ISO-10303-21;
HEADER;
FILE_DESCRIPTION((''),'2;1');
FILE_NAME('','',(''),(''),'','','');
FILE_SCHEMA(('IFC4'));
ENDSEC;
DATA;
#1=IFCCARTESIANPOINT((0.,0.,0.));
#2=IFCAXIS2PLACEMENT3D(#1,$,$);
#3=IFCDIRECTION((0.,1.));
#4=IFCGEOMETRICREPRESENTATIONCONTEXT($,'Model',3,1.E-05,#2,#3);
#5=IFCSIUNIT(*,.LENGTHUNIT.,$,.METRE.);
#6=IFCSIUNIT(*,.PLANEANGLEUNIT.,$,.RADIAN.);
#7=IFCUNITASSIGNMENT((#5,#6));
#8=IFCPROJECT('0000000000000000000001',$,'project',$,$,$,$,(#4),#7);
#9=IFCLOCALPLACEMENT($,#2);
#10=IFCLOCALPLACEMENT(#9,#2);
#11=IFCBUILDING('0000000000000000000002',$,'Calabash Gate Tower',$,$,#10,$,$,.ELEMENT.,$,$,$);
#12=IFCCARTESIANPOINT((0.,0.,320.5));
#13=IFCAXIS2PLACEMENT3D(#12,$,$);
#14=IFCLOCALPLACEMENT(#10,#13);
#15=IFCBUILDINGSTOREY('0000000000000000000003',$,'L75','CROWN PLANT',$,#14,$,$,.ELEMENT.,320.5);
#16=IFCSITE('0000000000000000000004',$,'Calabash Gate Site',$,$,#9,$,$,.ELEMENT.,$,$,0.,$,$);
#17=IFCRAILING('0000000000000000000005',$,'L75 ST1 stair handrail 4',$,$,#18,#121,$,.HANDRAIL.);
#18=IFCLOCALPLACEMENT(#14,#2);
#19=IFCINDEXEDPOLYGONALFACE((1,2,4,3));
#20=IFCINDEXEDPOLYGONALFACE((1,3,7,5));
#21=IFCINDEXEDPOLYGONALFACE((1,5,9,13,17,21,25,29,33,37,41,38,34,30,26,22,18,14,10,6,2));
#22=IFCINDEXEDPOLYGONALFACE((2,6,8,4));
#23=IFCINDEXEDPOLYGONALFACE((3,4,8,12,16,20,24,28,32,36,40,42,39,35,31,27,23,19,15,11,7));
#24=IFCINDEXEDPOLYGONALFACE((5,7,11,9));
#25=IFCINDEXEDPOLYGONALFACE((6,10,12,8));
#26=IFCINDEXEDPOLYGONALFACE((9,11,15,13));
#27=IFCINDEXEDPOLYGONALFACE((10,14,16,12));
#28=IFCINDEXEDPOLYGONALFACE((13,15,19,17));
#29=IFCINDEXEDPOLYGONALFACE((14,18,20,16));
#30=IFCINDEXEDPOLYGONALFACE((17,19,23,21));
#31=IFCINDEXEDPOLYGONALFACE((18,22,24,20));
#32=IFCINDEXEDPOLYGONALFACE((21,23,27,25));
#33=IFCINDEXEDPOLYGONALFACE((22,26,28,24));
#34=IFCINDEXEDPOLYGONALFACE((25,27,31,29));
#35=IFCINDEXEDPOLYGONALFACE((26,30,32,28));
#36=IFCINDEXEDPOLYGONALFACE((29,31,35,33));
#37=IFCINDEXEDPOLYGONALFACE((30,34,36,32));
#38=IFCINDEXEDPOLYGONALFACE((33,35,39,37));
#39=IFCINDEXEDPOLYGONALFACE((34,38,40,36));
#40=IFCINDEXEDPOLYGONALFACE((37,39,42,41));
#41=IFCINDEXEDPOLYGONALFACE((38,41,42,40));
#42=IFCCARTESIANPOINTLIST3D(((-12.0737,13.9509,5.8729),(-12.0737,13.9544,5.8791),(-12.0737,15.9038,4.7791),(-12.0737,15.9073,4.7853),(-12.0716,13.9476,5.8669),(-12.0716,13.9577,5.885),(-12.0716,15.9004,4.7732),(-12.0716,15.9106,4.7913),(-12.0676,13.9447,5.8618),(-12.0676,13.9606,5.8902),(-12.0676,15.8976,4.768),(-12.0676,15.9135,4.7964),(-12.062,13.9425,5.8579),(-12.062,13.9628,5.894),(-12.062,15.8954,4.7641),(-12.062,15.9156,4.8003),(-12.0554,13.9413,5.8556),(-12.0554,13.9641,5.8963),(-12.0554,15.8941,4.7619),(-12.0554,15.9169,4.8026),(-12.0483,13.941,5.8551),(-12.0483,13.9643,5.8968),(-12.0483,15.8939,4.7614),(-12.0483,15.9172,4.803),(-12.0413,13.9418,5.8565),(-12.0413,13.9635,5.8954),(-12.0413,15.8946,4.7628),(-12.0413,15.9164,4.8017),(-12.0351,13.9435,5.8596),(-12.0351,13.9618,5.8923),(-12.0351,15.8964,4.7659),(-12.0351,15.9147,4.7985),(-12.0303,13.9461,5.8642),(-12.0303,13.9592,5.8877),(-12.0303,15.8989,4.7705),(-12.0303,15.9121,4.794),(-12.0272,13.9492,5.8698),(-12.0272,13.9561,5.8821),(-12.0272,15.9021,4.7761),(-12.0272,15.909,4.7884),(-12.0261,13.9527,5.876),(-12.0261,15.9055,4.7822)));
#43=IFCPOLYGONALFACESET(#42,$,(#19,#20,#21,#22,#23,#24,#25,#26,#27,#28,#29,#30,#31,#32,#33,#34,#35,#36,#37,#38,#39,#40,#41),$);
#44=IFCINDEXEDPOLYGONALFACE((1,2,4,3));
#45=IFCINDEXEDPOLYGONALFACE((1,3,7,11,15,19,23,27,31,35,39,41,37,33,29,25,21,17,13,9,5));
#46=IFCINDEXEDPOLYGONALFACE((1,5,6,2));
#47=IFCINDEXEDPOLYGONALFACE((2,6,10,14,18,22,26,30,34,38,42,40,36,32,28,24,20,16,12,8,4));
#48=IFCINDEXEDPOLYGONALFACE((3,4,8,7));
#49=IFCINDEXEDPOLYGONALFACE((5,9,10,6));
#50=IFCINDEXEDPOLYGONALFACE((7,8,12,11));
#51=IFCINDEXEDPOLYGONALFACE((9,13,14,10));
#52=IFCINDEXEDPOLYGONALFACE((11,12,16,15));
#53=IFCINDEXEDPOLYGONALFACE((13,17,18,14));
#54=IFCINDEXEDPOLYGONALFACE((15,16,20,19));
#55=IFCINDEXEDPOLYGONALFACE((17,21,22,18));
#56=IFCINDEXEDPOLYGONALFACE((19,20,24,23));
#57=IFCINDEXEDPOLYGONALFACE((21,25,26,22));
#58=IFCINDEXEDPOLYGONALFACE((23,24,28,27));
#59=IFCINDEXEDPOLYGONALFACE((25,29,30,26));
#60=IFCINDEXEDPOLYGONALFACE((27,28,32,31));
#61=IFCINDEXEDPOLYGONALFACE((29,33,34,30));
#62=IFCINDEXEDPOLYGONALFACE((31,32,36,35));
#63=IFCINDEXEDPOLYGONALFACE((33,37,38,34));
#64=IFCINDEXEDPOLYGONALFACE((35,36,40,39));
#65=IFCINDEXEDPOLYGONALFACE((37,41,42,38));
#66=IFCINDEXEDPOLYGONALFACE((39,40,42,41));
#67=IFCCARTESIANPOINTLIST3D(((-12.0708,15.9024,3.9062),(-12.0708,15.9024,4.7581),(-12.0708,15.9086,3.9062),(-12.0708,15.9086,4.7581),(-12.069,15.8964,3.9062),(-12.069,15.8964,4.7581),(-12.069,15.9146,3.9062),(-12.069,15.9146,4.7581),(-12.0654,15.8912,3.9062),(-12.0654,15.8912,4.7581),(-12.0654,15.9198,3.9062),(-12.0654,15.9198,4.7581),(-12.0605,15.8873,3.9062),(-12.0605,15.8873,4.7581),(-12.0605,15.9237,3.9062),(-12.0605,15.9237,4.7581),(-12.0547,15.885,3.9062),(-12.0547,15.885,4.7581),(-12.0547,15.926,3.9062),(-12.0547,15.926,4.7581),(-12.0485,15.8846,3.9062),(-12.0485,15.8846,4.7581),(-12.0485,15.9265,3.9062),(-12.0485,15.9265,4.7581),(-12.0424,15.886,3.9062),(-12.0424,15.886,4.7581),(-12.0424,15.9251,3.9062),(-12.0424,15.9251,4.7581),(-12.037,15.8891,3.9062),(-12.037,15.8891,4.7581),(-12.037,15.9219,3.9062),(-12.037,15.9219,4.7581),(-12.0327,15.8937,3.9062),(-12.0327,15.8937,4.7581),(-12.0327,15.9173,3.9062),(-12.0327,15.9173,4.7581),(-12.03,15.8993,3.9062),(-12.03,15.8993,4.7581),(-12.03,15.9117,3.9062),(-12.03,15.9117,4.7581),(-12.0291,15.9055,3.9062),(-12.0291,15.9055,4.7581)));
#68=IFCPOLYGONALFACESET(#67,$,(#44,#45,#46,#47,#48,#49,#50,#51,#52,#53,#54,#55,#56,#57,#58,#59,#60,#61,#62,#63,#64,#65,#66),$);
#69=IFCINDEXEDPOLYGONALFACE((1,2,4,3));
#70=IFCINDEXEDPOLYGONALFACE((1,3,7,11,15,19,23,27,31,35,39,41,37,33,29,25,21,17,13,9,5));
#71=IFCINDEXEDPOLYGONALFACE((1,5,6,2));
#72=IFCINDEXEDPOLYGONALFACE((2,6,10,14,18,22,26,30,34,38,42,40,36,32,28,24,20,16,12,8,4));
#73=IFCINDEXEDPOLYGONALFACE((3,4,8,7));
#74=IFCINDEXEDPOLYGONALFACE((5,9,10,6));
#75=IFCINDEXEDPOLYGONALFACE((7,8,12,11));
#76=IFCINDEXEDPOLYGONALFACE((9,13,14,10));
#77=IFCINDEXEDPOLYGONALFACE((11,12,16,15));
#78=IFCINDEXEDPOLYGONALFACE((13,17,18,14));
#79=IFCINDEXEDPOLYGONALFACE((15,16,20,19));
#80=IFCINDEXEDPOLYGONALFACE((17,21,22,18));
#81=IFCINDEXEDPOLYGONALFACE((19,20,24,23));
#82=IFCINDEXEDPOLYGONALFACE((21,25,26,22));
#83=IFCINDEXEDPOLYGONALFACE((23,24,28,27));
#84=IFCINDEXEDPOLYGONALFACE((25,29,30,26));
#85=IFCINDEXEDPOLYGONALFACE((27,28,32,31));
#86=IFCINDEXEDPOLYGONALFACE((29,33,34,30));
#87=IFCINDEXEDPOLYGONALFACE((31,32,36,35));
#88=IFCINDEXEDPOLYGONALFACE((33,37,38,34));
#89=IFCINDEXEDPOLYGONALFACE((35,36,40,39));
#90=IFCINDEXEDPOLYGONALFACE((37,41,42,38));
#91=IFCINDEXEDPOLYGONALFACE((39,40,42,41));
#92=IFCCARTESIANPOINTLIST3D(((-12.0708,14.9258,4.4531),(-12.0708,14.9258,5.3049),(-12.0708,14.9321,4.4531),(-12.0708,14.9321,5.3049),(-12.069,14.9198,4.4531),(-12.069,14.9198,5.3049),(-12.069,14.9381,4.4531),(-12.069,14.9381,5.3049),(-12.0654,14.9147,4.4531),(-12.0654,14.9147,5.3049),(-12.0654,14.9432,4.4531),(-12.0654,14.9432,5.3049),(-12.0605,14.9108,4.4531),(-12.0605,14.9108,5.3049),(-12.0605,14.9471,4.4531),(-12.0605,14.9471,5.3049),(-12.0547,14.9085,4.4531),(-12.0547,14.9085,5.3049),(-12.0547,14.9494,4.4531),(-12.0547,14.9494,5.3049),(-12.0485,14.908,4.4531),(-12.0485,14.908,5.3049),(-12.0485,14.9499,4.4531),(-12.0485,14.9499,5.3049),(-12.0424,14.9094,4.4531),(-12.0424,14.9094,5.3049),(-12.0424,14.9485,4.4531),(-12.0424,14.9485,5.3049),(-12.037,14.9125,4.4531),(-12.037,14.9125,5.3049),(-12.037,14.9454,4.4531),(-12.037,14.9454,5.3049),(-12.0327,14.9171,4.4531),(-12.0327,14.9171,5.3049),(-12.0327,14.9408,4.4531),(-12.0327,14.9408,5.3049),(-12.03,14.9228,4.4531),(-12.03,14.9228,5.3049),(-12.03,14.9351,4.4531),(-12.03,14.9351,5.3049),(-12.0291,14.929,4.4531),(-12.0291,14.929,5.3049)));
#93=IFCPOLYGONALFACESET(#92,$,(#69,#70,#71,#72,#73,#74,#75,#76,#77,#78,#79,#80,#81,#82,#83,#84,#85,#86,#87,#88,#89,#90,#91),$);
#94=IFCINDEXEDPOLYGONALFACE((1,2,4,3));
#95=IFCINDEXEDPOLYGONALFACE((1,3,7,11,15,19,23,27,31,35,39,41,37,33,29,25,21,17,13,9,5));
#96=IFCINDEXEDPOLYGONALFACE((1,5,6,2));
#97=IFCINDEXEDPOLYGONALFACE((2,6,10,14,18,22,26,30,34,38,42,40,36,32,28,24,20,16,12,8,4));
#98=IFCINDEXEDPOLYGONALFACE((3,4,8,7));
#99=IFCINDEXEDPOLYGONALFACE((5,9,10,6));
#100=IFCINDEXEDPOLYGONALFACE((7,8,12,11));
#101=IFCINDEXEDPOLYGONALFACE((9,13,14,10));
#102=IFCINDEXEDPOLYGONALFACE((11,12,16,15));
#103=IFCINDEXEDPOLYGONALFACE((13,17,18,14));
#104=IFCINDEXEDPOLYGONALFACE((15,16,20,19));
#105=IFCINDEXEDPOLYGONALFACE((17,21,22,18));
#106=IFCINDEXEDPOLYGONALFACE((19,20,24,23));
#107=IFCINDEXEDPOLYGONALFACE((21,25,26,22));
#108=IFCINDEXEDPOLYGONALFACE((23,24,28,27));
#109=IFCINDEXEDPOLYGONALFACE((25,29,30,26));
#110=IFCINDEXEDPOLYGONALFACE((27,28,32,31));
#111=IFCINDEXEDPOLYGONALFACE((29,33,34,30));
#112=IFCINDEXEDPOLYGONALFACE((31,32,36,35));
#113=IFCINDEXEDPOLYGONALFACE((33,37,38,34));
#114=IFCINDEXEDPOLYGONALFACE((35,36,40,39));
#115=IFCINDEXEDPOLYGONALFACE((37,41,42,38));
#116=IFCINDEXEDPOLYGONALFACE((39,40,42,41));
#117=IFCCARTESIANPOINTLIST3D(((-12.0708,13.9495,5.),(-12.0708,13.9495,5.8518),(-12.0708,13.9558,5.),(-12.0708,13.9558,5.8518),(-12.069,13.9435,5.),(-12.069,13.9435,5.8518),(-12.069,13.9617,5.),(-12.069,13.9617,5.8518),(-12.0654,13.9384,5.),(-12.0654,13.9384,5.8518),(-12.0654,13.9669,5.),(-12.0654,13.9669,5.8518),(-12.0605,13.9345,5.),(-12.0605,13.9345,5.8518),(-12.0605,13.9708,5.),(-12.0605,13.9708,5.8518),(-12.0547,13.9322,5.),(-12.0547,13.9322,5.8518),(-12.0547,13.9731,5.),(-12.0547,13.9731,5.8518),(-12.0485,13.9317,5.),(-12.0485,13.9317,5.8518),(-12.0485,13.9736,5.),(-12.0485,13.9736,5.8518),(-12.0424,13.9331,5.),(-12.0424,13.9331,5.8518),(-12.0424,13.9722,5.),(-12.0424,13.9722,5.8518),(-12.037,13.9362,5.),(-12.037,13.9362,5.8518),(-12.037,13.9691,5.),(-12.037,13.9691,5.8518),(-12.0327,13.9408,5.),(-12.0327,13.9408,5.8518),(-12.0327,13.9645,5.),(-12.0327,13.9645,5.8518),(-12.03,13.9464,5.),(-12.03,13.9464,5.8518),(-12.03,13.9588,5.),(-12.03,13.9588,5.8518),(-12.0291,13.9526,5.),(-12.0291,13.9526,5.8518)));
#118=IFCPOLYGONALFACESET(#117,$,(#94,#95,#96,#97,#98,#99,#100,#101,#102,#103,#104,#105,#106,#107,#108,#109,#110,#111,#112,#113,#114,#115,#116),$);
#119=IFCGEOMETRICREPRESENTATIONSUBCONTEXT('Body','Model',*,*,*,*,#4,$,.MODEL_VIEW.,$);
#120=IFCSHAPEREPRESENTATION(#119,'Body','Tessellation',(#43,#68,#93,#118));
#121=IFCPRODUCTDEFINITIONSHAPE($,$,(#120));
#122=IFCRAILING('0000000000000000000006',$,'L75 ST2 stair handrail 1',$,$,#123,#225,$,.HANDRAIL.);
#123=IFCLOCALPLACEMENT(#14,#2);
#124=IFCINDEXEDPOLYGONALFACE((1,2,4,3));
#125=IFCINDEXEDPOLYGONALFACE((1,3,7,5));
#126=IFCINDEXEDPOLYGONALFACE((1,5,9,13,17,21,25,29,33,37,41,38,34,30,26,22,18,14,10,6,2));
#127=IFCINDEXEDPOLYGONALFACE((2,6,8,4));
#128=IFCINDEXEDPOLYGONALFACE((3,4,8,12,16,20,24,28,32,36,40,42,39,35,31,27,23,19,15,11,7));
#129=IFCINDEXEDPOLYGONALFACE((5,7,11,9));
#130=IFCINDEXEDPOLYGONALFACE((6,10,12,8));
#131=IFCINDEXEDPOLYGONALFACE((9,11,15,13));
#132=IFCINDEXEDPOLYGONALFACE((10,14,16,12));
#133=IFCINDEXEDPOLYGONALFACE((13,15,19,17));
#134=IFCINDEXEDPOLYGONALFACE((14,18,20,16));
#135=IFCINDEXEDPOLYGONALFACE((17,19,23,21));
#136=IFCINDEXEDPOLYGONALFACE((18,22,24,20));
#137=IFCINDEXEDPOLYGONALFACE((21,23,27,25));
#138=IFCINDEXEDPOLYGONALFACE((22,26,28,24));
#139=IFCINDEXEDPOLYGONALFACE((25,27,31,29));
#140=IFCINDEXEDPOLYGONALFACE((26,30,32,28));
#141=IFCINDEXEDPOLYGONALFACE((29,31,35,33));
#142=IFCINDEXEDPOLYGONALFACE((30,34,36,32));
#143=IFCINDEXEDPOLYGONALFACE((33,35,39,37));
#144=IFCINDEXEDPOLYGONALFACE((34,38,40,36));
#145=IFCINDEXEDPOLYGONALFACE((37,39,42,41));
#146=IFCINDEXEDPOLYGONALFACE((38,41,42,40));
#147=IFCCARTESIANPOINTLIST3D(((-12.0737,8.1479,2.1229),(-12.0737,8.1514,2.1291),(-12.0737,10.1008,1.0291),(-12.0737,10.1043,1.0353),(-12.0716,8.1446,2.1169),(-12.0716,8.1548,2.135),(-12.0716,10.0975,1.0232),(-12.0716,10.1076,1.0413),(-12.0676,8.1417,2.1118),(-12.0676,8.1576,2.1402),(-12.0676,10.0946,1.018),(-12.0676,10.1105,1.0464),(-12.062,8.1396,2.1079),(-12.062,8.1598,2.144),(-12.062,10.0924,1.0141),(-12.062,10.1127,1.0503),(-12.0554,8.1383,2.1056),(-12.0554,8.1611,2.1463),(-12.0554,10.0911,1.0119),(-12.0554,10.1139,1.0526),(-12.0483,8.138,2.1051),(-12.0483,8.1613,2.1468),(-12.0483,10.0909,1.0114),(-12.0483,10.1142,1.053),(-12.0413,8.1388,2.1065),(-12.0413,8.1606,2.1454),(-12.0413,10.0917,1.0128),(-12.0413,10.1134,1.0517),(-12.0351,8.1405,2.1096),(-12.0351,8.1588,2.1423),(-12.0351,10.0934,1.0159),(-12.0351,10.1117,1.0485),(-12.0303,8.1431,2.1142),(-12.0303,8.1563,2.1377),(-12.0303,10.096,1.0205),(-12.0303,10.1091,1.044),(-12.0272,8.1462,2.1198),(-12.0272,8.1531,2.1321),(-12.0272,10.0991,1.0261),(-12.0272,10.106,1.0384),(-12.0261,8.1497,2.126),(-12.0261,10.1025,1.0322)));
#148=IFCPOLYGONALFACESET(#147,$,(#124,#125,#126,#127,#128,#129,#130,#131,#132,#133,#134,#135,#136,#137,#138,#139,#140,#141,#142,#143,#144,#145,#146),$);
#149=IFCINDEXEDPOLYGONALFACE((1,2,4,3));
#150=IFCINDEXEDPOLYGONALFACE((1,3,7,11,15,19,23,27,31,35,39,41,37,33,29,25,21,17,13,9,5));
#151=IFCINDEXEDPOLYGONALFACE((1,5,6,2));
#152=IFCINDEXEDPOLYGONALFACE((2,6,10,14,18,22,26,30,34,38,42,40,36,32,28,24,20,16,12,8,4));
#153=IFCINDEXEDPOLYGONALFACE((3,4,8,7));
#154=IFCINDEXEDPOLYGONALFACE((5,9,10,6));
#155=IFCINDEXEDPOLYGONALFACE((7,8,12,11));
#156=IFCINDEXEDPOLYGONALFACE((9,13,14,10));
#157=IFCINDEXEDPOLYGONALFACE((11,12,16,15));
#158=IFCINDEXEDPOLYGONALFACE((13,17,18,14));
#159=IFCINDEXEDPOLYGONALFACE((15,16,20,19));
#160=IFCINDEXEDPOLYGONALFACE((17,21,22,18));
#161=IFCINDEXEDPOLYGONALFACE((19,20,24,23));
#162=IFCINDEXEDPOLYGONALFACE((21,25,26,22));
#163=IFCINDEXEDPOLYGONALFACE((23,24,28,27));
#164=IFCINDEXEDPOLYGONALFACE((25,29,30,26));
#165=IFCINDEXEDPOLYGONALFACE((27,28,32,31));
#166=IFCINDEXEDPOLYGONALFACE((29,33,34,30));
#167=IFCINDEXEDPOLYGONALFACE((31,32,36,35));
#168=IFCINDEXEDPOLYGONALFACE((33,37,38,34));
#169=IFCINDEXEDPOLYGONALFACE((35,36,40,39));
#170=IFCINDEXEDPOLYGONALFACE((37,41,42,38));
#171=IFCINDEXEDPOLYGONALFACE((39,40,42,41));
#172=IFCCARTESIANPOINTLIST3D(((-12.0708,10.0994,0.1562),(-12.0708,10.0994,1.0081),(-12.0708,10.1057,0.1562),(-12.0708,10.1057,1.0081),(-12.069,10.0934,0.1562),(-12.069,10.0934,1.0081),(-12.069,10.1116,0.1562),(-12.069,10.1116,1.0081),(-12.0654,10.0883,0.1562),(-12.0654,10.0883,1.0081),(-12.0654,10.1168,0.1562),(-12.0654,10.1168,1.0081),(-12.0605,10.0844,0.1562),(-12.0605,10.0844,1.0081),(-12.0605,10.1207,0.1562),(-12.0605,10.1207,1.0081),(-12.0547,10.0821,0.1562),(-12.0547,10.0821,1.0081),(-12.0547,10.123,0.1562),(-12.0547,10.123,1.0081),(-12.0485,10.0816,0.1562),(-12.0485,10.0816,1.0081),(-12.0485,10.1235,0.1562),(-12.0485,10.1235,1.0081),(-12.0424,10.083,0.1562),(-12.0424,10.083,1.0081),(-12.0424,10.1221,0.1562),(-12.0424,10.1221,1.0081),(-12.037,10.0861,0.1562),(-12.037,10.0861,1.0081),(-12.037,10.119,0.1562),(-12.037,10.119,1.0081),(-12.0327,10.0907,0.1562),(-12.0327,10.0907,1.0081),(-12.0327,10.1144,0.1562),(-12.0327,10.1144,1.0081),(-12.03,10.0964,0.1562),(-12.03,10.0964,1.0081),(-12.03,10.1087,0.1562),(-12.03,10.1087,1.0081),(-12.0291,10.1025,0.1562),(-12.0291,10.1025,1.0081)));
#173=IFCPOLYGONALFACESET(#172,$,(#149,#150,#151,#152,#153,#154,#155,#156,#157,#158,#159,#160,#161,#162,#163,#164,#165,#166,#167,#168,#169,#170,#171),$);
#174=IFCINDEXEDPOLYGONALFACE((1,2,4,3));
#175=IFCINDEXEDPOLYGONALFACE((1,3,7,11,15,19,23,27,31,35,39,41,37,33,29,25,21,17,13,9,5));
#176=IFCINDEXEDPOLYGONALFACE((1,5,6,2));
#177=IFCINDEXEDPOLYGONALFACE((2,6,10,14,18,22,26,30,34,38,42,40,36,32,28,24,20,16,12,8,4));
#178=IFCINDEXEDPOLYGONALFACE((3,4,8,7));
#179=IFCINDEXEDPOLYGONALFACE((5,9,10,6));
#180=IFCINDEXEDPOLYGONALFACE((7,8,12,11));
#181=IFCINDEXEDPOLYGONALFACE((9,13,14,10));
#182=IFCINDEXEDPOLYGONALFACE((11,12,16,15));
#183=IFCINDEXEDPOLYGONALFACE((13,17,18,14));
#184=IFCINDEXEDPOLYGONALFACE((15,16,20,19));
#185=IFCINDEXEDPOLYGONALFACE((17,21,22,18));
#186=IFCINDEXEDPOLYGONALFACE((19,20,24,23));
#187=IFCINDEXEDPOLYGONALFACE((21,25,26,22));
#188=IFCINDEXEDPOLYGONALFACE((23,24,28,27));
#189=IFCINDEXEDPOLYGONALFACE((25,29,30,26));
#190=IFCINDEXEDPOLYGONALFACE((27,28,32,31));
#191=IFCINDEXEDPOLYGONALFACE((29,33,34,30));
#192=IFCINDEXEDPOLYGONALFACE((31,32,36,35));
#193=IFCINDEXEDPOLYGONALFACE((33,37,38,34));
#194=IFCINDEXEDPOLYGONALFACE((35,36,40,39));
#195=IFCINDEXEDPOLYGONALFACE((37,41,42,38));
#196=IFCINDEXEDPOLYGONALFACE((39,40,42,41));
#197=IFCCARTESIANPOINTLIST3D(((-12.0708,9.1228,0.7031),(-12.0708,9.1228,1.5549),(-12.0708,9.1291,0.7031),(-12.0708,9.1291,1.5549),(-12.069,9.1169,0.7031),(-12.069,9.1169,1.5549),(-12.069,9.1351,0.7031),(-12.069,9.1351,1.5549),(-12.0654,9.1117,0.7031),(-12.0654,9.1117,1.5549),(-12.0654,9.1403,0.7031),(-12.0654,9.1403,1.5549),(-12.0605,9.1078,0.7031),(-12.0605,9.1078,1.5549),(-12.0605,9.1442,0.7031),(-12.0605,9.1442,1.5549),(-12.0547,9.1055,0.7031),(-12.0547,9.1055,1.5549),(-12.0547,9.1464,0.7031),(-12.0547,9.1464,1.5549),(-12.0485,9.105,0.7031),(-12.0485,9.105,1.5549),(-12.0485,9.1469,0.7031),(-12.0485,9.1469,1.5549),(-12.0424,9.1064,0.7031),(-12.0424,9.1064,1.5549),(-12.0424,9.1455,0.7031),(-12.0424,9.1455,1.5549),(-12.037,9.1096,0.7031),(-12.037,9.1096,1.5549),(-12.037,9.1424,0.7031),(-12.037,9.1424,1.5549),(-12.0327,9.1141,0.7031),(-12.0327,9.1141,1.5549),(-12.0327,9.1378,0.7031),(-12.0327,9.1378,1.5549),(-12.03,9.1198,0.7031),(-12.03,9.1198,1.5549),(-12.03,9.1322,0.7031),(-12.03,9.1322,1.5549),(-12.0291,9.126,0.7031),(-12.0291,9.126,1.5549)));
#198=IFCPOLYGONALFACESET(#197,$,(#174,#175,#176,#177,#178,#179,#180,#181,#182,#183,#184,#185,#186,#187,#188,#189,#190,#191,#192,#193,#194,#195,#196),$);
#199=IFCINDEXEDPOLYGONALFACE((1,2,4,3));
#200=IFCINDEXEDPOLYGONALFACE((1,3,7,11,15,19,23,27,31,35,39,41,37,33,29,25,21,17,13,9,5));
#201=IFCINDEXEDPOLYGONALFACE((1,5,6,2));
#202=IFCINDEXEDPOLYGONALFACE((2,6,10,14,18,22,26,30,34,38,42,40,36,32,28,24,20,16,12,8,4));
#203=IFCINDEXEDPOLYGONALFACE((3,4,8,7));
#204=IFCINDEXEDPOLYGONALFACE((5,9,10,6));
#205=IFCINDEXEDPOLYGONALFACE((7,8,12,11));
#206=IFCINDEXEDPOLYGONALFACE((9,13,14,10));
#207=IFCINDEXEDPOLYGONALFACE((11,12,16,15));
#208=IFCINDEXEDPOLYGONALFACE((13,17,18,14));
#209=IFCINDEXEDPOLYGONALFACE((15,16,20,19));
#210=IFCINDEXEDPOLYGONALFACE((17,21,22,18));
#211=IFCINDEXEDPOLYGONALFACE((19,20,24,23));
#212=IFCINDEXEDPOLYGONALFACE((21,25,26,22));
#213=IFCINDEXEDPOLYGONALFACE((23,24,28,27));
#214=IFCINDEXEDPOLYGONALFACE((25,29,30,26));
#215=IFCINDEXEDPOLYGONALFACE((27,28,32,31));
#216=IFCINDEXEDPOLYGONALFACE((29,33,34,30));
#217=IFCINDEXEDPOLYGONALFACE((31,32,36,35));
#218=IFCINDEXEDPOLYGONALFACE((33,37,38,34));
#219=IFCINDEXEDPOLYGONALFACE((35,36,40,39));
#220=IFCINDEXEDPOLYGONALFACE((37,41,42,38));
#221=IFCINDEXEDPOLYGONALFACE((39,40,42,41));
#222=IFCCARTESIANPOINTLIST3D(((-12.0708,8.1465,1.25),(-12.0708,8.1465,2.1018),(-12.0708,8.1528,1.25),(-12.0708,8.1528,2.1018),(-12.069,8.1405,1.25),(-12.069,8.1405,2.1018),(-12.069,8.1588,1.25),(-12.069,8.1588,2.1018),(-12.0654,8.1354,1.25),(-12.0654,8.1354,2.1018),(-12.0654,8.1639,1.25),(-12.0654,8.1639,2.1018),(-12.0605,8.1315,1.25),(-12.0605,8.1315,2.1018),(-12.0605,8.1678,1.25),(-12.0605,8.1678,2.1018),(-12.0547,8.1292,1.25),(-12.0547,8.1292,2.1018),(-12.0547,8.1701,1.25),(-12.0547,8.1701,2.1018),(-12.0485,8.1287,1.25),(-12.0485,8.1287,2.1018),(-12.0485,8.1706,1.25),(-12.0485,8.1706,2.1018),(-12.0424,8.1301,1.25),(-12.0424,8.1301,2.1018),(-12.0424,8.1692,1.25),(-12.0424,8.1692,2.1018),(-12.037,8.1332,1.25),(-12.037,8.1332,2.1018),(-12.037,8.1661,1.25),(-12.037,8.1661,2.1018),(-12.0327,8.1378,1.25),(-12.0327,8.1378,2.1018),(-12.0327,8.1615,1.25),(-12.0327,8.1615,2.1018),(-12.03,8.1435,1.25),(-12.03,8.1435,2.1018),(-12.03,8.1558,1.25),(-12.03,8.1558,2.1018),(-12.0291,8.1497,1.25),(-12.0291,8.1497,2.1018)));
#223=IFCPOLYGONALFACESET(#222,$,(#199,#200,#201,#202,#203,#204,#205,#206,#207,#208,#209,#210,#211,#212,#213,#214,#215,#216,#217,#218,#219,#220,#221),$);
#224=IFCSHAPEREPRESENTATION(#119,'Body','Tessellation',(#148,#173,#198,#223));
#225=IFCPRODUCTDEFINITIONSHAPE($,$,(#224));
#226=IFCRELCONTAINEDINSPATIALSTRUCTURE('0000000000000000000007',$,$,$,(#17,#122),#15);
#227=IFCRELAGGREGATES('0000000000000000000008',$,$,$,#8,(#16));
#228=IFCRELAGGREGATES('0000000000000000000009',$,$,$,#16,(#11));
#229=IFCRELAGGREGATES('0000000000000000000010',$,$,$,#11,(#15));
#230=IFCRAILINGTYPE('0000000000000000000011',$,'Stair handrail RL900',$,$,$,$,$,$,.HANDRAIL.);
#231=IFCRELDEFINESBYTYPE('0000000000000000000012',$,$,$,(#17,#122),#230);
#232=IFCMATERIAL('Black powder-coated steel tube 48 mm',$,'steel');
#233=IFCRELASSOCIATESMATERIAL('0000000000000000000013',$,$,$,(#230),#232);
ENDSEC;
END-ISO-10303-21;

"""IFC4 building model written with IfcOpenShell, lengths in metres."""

from ifc_helpers import new_model, si_unit, direction, frame, origin, origin_2d, place, context, subcontext, project, spatial, circle, extrude, material, type_object, element, save


model = new_model("IFC4")

# Units and contexts
model_context = context("Model", 3, precision=1e-05, world=origin(), true_north=direction((0.0, 1.0)))
body_context = subcontext(model_context, "Body", "Model", "MODEL_VIEW")
ifc_project = project(units=[si_unit("LENGTHUNIT", "METRE"), si_unit("PLANEANGLEUNIT", "RADIAN")], contexts=[model_context])

# Site, building, storey
site_placement = place(None, origin())
site = spatial("IfcSite", under=ifc_project, at=site_placement, Name="Calabash Gate Site", CompositionType="ELEMENT", RefElevation=0.0)
building_placement = place(site_placement, origin())
building = spatial("IfcBuilding", under=site, at=building_placement, Name="Calabash Gate Tower", CompositionType="ELEMENT")
storey_placement = place(building_placement, frame((0.0, 0.0, 320.5)))
storey = spatial("IfcBuildingStorey", under=building, at=storey_placement, Name="L75", Description="CROWN PLANT", CompositionType="ELEMENT", Elevation=320.5)

# Railings
ifc_material_1 = material(Name="Black powder-coated steel tube 48 mm", Category="steel")
railing_type = type_object("IfcRailingType", Name="Stair handrail RL900", PredefinedType="HANDRAIL", material=ifc_material_1)
for number, where, name in (
    (1, (-12.05, 15.9055, 3.9062), "L75 ST1 stair handrail 4"),
    (2, (-12.05, 10.1025, 0.1562), "L75 ST2 stair handrail 1"),
):
    element("IfcRailing", number, at=place(storey_placement, frame(where)), inside=storey, type_object=railing_type, Name=name, PredefinedType="HANDRAIL", context=body_context, shape_type="SweptSolid", body=[
        extrude(circle(Radius=0.0239, at=origin_2d()), frame((0.0, 0.0, 0.876), z_axis=(0.0, -0.87248, 0.48865), x_axis=(1.0, 0.0, 0.0)), (0.0, 0.0, 1.0), 2.2383),
        extrude(circle(Radius=0.021, at=origin_2d()), origin(), (0.0, 0.0, 1.0), 0.8518),
        extrude(circle(Radius=0.021, at=origin_2d()), frame((0.0, -0.9766, 0.5469)), (0.0, 0.0, 1.0), 0.8518),
        extrude(circle(Radius=0.021, at=origin_2d()), frame((0.0, -1.9529, 1.0938)), (0.0, 0.0, 1.0), 0.8518),
    ])

save(model, "model.ifc")
